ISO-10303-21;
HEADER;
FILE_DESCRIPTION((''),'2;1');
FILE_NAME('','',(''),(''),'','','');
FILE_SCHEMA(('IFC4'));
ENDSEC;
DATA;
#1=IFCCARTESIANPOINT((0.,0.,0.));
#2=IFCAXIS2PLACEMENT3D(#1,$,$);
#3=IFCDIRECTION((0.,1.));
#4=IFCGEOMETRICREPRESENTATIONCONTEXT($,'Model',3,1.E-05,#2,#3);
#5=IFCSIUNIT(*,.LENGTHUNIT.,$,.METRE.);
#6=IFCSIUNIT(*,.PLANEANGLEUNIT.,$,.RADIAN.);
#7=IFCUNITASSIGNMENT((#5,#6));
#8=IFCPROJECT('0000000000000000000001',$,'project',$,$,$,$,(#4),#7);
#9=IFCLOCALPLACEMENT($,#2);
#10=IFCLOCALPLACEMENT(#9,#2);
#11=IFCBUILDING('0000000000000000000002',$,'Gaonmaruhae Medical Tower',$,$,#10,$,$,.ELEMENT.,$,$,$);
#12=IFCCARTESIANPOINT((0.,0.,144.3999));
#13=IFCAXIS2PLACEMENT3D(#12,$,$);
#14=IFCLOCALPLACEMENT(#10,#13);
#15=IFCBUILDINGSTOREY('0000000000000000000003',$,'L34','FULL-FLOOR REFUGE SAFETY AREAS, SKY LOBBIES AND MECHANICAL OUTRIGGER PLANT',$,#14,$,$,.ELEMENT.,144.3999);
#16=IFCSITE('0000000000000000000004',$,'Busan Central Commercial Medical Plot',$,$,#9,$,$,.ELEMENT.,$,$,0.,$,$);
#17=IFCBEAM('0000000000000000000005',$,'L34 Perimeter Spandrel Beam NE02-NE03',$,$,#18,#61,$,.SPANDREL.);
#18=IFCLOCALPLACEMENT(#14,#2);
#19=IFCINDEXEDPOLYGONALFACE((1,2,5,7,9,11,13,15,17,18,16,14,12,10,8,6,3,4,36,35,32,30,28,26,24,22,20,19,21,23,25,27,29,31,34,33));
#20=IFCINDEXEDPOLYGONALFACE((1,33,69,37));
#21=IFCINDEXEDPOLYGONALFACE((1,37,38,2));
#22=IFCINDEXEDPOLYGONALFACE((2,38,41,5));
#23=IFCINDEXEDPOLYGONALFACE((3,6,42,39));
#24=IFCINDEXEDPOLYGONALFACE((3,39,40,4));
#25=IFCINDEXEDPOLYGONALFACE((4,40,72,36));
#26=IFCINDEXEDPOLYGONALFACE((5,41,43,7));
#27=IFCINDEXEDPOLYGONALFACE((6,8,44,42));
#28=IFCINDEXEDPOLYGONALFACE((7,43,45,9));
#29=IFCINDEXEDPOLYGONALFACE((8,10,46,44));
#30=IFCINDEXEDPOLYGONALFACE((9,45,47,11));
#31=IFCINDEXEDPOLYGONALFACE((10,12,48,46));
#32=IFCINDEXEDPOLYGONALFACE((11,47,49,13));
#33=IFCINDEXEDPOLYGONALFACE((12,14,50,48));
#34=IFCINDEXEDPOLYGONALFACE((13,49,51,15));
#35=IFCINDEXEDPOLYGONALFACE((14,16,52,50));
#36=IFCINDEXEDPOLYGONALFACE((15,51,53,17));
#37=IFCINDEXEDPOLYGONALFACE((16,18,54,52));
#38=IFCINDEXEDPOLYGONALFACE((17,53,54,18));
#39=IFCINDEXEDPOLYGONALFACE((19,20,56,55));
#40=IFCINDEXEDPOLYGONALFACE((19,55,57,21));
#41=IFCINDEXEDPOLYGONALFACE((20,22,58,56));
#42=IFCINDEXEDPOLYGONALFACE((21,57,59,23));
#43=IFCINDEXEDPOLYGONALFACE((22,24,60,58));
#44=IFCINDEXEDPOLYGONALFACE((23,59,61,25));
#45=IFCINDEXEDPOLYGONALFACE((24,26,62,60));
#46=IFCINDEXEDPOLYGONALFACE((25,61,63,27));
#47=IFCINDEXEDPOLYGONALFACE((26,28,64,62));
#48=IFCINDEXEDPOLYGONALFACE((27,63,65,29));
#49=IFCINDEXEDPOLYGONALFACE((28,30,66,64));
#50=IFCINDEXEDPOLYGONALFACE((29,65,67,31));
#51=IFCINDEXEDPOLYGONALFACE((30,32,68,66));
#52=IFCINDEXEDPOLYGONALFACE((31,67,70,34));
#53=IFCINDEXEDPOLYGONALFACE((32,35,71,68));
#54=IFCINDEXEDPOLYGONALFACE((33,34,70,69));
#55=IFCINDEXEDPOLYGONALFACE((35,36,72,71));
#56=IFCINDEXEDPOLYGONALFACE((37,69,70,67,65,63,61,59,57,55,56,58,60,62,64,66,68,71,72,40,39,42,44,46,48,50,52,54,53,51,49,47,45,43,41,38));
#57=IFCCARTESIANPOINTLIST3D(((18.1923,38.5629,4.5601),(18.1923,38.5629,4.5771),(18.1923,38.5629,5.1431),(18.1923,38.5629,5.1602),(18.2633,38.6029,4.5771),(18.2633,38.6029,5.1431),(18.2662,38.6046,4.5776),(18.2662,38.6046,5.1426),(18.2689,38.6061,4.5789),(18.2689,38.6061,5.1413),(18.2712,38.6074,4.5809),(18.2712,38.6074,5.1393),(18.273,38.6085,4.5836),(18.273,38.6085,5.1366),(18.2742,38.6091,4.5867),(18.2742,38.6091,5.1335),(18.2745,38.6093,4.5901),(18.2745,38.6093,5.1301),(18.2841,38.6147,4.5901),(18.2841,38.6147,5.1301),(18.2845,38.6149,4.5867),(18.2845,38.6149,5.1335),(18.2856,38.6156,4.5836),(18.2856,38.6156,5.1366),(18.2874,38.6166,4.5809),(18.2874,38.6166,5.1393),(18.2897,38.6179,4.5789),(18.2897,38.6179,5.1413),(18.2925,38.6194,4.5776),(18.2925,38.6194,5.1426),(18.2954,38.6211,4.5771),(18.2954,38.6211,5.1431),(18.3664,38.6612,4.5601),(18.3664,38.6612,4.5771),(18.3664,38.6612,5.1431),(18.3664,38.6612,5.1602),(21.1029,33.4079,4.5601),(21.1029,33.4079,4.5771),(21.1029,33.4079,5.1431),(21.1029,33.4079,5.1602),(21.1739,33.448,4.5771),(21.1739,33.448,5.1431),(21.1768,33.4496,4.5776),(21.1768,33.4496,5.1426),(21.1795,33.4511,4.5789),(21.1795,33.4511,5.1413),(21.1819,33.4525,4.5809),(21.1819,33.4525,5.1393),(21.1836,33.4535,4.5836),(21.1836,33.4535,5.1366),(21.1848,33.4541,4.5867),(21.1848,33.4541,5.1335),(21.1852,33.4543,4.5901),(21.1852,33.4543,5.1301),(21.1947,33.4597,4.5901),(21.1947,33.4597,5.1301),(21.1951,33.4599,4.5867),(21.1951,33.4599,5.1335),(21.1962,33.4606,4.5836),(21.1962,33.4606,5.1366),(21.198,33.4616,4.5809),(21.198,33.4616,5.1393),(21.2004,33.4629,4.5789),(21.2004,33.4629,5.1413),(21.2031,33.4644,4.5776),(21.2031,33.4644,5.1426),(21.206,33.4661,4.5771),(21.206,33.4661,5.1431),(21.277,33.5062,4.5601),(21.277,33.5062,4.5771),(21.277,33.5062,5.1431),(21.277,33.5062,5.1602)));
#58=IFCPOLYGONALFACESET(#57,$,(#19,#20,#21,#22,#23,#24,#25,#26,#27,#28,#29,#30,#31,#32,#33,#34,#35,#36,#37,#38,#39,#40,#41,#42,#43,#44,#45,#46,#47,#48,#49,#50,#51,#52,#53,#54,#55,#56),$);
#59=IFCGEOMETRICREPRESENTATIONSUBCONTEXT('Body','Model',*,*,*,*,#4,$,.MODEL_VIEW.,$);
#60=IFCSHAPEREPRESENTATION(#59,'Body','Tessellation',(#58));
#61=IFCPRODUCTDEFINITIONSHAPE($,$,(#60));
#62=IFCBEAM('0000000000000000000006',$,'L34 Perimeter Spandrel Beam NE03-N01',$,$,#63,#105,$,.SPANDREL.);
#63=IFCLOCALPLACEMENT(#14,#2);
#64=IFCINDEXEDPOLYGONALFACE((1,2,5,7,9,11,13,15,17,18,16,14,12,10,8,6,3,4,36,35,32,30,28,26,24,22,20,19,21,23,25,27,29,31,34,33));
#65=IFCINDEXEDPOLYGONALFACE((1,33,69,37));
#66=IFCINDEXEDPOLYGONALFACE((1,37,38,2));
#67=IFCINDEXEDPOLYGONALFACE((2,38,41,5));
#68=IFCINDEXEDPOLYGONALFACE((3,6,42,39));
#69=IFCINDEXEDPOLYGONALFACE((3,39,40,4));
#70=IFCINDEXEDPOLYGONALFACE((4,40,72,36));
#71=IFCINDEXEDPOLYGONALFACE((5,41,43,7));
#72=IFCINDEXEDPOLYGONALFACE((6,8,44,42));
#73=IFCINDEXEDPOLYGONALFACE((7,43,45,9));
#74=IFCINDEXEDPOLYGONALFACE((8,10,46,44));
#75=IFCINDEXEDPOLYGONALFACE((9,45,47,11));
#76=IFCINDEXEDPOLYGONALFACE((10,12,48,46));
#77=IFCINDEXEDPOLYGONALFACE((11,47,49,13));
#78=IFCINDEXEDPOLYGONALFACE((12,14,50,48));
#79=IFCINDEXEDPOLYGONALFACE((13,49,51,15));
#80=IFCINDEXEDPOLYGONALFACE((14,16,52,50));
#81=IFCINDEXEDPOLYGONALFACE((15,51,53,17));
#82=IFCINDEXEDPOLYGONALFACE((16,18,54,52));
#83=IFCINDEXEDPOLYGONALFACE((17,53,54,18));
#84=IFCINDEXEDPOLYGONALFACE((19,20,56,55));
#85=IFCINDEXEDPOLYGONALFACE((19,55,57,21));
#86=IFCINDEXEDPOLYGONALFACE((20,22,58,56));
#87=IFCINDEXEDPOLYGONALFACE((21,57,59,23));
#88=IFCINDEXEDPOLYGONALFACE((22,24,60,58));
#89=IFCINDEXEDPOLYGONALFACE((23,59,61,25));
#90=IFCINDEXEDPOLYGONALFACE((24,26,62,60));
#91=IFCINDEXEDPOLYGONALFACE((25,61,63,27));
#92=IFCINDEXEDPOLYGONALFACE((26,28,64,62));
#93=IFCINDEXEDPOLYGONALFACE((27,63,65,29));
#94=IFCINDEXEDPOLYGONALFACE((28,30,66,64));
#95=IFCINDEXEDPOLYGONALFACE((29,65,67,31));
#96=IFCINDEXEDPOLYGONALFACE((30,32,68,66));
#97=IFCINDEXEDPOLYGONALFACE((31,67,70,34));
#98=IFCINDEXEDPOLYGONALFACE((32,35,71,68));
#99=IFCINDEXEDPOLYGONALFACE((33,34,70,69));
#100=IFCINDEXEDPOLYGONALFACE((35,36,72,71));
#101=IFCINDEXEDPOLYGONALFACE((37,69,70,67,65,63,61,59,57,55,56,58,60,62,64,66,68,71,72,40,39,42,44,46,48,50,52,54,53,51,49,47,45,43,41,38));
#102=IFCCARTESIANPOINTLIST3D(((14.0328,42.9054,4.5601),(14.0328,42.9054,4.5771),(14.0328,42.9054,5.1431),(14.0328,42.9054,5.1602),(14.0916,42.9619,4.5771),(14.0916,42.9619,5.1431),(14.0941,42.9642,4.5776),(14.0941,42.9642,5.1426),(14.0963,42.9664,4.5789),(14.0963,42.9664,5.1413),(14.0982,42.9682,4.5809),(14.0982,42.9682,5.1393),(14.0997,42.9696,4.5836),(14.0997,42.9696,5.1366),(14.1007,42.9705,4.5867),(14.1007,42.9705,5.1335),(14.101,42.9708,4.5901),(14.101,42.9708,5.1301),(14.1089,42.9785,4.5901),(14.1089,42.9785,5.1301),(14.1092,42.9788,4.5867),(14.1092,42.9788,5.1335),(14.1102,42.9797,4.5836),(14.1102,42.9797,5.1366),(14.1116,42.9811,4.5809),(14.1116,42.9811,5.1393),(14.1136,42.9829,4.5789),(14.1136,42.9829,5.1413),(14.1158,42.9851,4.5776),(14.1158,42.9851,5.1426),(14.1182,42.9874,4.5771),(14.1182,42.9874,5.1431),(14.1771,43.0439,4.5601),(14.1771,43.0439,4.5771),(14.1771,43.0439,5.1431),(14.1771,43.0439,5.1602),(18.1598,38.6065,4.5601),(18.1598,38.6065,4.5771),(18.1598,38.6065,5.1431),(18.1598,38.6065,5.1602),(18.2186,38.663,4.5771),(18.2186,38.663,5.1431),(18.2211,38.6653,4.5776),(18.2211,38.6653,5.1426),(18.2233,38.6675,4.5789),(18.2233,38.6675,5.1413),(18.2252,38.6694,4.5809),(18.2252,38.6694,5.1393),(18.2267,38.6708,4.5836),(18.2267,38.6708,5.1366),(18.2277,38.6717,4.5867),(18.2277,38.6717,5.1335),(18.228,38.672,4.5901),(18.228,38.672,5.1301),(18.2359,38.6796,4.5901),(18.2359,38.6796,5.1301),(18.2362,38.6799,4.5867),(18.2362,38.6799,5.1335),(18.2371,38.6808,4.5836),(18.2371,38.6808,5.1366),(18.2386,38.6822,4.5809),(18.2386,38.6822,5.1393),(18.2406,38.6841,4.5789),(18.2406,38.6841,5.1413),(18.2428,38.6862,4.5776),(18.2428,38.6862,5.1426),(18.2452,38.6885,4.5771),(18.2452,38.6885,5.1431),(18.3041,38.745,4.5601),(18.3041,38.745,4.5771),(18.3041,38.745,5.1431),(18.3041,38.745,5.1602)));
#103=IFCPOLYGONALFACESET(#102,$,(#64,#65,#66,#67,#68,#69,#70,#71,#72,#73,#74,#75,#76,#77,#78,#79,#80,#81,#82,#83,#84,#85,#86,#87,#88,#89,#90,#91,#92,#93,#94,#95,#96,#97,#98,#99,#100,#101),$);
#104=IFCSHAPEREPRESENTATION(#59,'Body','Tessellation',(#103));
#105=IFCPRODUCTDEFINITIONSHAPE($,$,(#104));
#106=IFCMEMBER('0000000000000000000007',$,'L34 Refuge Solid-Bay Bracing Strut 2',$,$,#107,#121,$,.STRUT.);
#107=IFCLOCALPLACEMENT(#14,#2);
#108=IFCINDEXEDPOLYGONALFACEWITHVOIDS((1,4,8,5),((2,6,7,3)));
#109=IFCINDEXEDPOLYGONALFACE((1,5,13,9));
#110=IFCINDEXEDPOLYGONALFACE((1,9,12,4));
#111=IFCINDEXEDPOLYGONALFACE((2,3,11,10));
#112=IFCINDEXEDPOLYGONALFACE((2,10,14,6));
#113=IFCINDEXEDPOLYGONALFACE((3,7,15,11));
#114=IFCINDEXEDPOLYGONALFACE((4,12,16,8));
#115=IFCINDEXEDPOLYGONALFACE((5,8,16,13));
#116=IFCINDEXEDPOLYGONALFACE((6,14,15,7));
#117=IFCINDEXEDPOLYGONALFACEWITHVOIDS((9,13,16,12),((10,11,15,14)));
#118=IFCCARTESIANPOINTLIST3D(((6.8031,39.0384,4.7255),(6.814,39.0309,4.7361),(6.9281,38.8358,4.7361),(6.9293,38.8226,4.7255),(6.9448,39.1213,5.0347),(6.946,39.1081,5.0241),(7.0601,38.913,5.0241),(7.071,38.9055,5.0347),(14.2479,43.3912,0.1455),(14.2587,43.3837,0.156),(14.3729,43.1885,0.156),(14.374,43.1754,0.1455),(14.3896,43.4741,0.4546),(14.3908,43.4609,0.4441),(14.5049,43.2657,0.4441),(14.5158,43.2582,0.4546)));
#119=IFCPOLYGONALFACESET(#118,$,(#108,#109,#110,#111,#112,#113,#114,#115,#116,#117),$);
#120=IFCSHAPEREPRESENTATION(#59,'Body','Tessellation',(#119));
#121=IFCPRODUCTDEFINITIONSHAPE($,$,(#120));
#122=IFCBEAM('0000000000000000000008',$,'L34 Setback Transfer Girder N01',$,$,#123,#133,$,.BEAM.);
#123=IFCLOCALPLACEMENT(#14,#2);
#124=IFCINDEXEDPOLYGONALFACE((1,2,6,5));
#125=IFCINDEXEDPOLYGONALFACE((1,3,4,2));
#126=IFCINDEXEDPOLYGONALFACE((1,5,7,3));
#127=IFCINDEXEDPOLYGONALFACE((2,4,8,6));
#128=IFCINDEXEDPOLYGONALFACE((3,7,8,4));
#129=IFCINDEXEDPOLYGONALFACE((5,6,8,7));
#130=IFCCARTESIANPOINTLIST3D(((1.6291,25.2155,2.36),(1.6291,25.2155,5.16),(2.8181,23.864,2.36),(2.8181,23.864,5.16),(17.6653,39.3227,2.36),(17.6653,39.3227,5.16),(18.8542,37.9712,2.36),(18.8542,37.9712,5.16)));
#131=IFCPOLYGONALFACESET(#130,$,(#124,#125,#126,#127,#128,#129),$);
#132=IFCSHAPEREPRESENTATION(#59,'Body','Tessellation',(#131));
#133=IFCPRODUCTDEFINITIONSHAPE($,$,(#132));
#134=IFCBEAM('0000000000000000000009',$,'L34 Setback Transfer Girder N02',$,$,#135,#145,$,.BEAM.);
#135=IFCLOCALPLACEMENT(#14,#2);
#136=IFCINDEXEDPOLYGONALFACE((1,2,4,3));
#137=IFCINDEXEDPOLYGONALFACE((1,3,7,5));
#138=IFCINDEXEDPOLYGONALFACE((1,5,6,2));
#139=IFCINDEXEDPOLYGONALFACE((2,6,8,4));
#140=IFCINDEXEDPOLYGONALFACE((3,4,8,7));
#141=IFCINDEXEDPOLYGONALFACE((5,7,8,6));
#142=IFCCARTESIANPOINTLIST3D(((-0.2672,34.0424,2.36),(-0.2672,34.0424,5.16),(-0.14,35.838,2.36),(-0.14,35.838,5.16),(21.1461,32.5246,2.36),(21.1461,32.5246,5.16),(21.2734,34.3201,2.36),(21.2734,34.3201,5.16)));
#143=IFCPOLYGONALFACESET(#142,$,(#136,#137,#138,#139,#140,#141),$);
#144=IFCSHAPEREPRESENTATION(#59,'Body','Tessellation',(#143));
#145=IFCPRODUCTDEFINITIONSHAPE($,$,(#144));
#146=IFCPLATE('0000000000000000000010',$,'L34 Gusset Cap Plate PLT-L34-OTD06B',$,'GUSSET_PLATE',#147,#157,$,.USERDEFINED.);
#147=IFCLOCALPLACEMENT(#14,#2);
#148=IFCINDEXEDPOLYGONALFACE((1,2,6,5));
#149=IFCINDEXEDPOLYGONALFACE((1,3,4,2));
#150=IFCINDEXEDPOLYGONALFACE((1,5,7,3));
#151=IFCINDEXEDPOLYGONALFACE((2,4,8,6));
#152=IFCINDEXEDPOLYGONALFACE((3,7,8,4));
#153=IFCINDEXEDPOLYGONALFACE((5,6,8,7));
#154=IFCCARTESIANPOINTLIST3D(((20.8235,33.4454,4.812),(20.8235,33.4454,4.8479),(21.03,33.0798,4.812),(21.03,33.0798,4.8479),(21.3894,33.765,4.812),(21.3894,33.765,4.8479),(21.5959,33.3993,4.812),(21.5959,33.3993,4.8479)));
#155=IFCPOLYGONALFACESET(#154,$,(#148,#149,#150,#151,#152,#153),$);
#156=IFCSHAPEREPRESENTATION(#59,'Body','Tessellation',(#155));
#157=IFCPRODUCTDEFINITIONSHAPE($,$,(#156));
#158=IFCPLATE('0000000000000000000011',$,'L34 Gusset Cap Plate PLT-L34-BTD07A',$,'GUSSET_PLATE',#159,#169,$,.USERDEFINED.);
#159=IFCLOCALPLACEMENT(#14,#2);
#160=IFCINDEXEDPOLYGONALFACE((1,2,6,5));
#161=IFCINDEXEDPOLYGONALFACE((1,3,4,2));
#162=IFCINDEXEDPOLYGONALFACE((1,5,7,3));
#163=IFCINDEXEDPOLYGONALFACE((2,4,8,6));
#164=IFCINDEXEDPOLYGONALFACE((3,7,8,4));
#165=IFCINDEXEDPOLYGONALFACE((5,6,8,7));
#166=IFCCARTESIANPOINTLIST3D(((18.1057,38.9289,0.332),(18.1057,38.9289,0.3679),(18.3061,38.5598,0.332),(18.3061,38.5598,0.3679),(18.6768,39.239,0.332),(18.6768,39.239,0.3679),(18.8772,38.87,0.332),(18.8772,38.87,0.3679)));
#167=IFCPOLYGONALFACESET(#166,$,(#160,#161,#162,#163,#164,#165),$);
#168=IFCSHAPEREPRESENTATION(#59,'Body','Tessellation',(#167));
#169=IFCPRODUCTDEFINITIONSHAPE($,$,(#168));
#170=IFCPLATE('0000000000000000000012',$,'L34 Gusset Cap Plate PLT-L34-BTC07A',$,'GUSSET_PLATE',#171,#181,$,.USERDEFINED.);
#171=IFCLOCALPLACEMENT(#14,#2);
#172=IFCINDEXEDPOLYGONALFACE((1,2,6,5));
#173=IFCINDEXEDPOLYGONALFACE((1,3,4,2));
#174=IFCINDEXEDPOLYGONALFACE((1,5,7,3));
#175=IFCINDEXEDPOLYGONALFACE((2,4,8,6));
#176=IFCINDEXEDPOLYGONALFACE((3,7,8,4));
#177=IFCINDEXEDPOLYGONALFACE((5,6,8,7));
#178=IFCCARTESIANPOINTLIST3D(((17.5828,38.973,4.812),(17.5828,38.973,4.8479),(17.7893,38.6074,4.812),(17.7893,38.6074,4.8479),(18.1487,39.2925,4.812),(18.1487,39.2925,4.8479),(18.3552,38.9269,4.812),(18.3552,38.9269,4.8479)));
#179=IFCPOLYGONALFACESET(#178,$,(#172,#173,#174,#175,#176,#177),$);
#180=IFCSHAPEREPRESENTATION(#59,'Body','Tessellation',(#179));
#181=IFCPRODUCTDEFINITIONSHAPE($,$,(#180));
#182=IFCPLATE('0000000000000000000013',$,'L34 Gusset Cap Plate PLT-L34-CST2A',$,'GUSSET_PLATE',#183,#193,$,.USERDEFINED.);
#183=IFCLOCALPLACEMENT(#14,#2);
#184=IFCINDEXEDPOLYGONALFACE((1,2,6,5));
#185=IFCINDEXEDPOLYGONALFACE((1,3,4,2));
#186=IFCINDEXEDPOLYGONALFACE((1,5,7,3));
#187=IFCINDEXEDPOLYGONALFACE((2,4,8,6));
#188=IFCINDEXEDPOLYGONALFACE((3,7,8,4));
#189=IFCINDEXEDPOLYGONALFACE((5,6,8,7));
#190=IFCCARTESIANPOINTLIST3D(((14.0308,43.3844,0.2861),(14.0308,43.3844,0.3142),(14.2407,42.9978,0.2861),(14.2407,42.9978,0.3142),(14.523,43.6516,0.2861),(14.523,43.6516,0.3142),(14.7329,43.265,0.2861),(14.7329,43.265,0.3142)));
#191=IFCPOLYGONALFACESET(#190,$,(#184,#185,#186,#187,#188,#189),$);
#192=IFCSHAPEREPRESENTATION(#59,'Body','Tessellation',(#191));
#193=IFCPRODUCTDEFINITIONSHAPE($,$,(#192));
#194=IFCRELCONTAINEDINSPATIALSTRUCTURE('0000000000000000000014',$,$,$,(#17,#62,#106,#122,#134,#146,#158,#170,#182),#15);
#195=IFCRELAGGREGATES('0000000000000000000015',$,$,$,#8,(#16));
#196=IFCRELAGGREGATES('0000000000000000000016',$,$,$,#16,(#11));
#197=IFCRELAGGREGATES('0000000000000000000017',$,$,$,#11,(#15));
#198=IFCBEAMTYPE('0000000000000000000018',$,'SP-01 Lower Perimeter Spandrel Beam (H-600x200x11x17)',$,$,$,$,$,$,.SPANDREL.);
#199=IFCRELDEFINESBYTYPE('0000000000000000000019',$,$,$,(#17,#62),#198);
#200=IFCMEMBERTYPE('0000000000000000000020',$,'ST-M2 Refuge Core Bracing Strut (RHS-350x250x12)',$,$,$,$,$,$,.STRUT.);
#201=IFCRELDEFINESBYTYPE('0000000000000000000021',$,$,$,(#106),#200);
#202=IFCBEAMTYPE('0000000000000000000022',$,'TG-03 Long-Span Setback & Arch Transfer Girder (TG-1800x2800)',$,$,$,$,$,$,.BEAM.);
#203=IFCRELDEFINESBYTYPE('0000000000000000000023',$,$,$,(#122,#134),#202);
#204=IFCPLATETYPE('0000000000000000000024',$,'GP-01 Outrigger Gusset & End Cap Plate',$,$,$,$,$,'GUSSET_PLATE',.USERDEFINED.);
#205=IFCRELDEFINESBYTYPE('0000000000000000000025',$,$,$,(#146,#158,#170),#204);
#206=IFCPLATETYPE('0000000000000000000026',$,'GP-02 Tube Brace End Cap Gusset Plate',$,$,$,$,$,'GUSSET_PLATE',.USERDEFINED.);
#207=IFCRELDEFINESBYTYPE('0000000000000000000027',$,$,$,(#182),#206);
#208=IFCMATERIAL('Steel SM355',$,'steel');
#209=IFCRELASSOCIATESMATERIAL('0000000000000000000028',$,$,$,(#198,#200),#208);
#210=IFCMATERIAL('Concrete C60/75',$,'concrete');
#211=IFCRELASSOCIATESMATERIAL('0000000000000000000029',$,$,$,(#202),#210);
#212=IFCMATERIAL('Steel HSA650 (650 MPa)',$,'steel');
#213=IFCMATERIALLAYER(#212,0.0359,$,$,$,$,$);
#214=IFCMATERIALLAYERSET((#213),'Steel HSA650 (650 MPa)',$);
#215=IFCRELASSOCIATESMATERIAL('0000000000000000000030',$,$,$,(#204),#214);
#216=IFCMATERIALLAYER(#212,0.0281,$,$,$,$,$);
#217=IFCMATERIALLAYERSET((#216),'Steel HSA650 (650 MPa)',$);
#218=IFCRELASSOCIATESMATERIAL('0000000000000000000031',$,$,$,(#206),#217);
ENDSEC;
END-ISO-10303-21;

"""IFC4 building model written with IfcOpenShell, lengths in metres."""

from ifc_helpers import new_model, si_unit, direction, frame, origin, origin_2d, place, context, subcontext, project, spatial, rectangle, hollow_rectangle, i_section, extrude, material, layer, layer_set, material_profile, profile_set, type_object, element, save


model = new_model("IFC4")

# Units and contexts
model_context = context("Model", 3, precision=1e-05, world=origin(), true_north=direction((0.0, 1.0)))
body_context = subcontext(model_context, "Body", "Model", "MODEL_VIEW")
ifc_project = project(units=[si_unit("LENGTHUNIT", "METRE"), si_unit("PLANEANGLEUNIT", "RADIAN")], contexts=[model_context])

# Site, building, storey
site_placement = place(None, origin())
site = spatial("IfcSite", under=ifc_project, at=site_placement, Name="Busan Central Commercial Medical Plot", CompositionType="ELEMENT", RefElevation=0.0)
building_placement = place(site_placement, origin())
building = spatial("IfcBuilding", under=site, at=building_placement, Name="Gaonmaruhae Medical Tower", CompositionType="ELEMENT")
storey_placement = place(building_placement, frame((0.0, 0.0, 144.3999)))
storey = spatial("IfcBuildingStorey", under=building, at=storey_placement, Name="L34", Description="FULL-FLOOR REFUGE SAFETY AREAS, SKY LOBBIES AND MECHANICAL OUTRIGGER PLANT", CompositionType="ELEMENT", Elevation=144.3999)

# Shared definitions
ifc_material_1 = material(Name="Concrete C60/75", Category="concrete")

# Shared definitions
ifc_material_2 = material(Name="Steel HSA650 (650 MPa)", Category="steel")

# Beams
ifc_material_3 = material(Name="Steel SM355", Category="steel")
ifc_material_profile_1 = material_profile(ifc_material_3, i_section(OverallWidth=0.2, OverallDepth=0.6001, WebThickness=0.011, FlangeThickness=0.0171, FilletRadius=0.0129, at=origin_2d()), Name="H-600x200x11x17")
ifc_profile_set_1 = profile_set([ifc_material_profile_1], Name="Steel SM355")
beam_type_1 = type_object("IfcBeamType", Name="SP-01 Lower Perimeter Spandrel Beam (H-600x200x11x17)", PredefinedType="SPANDREL", material=ifc_profile_set_1)
beam_1_placement = place(storey_placement, frame((21.1899, 33.457, 4.8601), z_axis=(-0.491664, 0.870785, 0.0), x_axis=(-0.870785, -0.491664, 0.0)))
element("IfcBeam", 1, at=beam_1_placement, inside=storey, type_object=beam_type_1, Name="L34 Perimeter Spandrel Beam NE02-NE03", PredefinedType="SPANDREL", context=body_context, shape_type="SweptSolid", body=[
    extrude(i_section(OverallWidth=0.2, OverallDepth=0.6001, WebThickness=0.011, FlangeThickness=0.0171, FilletRadius=0.0129, at=origin_2d()), origin(), (0.0, 0.0, 1.0), 5.9199),
])
beam_2_placement = place(storey_placement, frame((18.2319, 38.6758, 4.8601), z_axis=(-0.692539, 0.721381, 0.0), x_axis=(-0.721381, -0.692539, 0.0)))
element("IfcBeam", 2, at=beam_2_placement, inside=storey, type_object=beam_type_1, Name="L34 Perimeter Spandrel Beam NE03-N01", PredefinedType="SPANDREL", context=body_context, shape_type="SweptSolid", body=[
    extrude(i_section(OverallWidth=0.2, OverallDepth=0.6001, WebThickness=0.011, FlangeThickness=0.0171, FilletRadius=0.0129, at=origin_2d()), origin(), (0.0, 0.0, 1.0), 5.9592),
])

# Member
ifc_material_profile_2 = material_profile(ifc_material_3, hollow_rectangle(XDim=0.25, YDim=0.3501, WallThickness=0.012, at=origin_2d()), Name="RHS-350x250x12")
ifc_profile_set_2 = profile_set([ifc_material_profile_2], Name="Steel SM355")
member_type_1 = type_object("IfcMemberType", Name="ST-M2 Refuge Core Bracing Strut (RHS-350x250x12)", PredefinedType="STRUT", material=ifc_profile_set_2)
member_1_placement = place(storey_placement, frame((14.3818, 43.3247, 0.3), z_axis=(-0.762423, -0.445768, 0.469045), x_axis=(0.504733, -0.863275, 0.0)))
element("IfcMember", 3, at=member_1_placement, inside=storey, type_object=member_type_1, Name="L34 Refuge Solid-Bay Bracing Strut 2", PredefinedType="STRUT", context=body_context, shape_type="SweptSolid", body=[
    extrude(hollow_rectangle(XDim=0.25, YDim=0.3501, WallThickness=0.012, at=origin_2d()), origin(), (0.0, 0.0, 1.0), 9.7646),
])

# Beams
ifc_material_profile_3 = material_profile(ifc_material_1, rectangle(XDim=1.8, YDim=2.8, at=origin_2d()), Name="TG-1800x2800")
ifc_profile_set_3 = profile_set([ifc_material_profile_3], Name="Concrete C60/75")
beam_type_2 = type_object("IfcBeamType", Name="TG-03 Long-Span Setback & Arch Transfer Girder (TG-1800x2800)", PredefinedType="BEAM", material=ifc_profile_set_3)
beam_3_placement = place(storey_placement, frame((18.2598, 38.647, 3.76), z_axis=(-0.750821, -0.660506, 0.0), x_axis=(0.660506, -0.750821, 0.0)))
element("IfcBeam", 4, at=beam_3_placement, inside=storey, type_object=beam_type_2, Name="L34 Setback Transfer Girder N01", PredefinedType="BEAM", context=body_context, shape_type="SweptSolid", body=[
    extrude(rectangle(XDim=1.8, YDim=2.8, at=origin_2d()), origin(), (0.0, 0.0, 1.0), 21.3582),
])
beam_4_placement = place(storey_placement, frame((21.2097, 33.4224, 3.76), z_axis=(-0.997497, 0.070705, 0.0), x_axis=(-0.070705, -0.997497, 0.0)))
element("IfcBeam", 5, at=beam_4_placement, inside=storey, type_object=beam_type_2, Name="L34 Setback Transfer Girder N02", PredefinedType="BEAM", context=body_context, shape_type="SweptSolid", body=[
    extrude(rectangle(XDim=1.8, YDim=2.8, at=origin_2d()), origin(), (0.0, 0.0, 1.0), 21.467),
])

# Plates
ifc_layer_1 = layer(ifc_material_2, 0.0359)
ifc_layer_set_1 = layer_set([ifc_layer_1], Name="Steel HSA650 (650 MPa)")
plate_type_1 = type_object("IfcPlateType", Name="GP-01 Outrigger Gusset & End Cap Plate", ElementType="GUSSET_PLATE", PredefinedType="USERDEFINED", material=ifc_layer_set_1)
for number, where, z_axis, x_axis, name in (
    (6, (21.2097, 33.4224, 4.812), (0.0, 0.0, 1.0), (0.870785, 0.491664, 0.0), "L34 Gusset Cap Plate PLT-L34-OTD06B"),
    (7, (18.4915, 38.8994, 0.332), (0.0, 0.0, 1.0), (0.878817, 0.477159, 0.0), "L34 Gusset Cap Plate PLT-L34-BTD07A"),
    (8, (17.969, 38.95, 4.812), (0.0, 0.0, 1.0), (0.870785, 0.491664, 0.0), "L34 Gusset Cap Plate PLT-L34-BTC07A"),
):
    element("IfcPlate", number, at=place(storey_placement, frame(where, z_axis=z_axis, x_axis=x_axis)), inside=storey, type_object=plate_type_1, Name=name, ObjectType="GUSSET_PLATE", PredefinedType="USERDEFINED", context=body_context, shape_type="SweptSolid", body=[
        extrude(rectangle(XDim=0.6499, YDim=0.4199, at=origin_2d()), origin(), (0.0, 0.0, 1.0), 0.0359),
    ])
ifc_layer_2 = layer(ifc_material_2, 0.0281)
ifc_layer_set_2 = layer_set([ifc_layer_2], Name="Steel HSA650 (650 MPa)")
plate_type_2 = type_object("IfcPlateType", Name="GP-02 Tube Brace End Cap Gusset Plate", ElementType="GUSSET_PLATE", PredefinedType="USERDEFINED", material=ifc_layer_set_2)
plate_placement = place(storey_placement, frame((14.3818, 43.3247, 0.2861), z_axis=(0.0, 0.0, 1.0), x_axis=(0.878817, 0.477159, 0.0)))
element("IfcPlate", 9, at=plate_placement, inside=storey, type_object=plate_type_2, Name="L34 Gusset Cap Plate PLT-L34-CST2A", ObjectType="GUSSET_PLATE", PredefinedType="USERDEFINED", context=body_context, shape_type="SweptSolid", body=[
    extrude(rectangle(XDim=0.5601, YDim=0.4399, at=origin_2d()), origin(), (0.0, 0.0, 1.0), 0.0281),
])

save(model, "model.ifc")
